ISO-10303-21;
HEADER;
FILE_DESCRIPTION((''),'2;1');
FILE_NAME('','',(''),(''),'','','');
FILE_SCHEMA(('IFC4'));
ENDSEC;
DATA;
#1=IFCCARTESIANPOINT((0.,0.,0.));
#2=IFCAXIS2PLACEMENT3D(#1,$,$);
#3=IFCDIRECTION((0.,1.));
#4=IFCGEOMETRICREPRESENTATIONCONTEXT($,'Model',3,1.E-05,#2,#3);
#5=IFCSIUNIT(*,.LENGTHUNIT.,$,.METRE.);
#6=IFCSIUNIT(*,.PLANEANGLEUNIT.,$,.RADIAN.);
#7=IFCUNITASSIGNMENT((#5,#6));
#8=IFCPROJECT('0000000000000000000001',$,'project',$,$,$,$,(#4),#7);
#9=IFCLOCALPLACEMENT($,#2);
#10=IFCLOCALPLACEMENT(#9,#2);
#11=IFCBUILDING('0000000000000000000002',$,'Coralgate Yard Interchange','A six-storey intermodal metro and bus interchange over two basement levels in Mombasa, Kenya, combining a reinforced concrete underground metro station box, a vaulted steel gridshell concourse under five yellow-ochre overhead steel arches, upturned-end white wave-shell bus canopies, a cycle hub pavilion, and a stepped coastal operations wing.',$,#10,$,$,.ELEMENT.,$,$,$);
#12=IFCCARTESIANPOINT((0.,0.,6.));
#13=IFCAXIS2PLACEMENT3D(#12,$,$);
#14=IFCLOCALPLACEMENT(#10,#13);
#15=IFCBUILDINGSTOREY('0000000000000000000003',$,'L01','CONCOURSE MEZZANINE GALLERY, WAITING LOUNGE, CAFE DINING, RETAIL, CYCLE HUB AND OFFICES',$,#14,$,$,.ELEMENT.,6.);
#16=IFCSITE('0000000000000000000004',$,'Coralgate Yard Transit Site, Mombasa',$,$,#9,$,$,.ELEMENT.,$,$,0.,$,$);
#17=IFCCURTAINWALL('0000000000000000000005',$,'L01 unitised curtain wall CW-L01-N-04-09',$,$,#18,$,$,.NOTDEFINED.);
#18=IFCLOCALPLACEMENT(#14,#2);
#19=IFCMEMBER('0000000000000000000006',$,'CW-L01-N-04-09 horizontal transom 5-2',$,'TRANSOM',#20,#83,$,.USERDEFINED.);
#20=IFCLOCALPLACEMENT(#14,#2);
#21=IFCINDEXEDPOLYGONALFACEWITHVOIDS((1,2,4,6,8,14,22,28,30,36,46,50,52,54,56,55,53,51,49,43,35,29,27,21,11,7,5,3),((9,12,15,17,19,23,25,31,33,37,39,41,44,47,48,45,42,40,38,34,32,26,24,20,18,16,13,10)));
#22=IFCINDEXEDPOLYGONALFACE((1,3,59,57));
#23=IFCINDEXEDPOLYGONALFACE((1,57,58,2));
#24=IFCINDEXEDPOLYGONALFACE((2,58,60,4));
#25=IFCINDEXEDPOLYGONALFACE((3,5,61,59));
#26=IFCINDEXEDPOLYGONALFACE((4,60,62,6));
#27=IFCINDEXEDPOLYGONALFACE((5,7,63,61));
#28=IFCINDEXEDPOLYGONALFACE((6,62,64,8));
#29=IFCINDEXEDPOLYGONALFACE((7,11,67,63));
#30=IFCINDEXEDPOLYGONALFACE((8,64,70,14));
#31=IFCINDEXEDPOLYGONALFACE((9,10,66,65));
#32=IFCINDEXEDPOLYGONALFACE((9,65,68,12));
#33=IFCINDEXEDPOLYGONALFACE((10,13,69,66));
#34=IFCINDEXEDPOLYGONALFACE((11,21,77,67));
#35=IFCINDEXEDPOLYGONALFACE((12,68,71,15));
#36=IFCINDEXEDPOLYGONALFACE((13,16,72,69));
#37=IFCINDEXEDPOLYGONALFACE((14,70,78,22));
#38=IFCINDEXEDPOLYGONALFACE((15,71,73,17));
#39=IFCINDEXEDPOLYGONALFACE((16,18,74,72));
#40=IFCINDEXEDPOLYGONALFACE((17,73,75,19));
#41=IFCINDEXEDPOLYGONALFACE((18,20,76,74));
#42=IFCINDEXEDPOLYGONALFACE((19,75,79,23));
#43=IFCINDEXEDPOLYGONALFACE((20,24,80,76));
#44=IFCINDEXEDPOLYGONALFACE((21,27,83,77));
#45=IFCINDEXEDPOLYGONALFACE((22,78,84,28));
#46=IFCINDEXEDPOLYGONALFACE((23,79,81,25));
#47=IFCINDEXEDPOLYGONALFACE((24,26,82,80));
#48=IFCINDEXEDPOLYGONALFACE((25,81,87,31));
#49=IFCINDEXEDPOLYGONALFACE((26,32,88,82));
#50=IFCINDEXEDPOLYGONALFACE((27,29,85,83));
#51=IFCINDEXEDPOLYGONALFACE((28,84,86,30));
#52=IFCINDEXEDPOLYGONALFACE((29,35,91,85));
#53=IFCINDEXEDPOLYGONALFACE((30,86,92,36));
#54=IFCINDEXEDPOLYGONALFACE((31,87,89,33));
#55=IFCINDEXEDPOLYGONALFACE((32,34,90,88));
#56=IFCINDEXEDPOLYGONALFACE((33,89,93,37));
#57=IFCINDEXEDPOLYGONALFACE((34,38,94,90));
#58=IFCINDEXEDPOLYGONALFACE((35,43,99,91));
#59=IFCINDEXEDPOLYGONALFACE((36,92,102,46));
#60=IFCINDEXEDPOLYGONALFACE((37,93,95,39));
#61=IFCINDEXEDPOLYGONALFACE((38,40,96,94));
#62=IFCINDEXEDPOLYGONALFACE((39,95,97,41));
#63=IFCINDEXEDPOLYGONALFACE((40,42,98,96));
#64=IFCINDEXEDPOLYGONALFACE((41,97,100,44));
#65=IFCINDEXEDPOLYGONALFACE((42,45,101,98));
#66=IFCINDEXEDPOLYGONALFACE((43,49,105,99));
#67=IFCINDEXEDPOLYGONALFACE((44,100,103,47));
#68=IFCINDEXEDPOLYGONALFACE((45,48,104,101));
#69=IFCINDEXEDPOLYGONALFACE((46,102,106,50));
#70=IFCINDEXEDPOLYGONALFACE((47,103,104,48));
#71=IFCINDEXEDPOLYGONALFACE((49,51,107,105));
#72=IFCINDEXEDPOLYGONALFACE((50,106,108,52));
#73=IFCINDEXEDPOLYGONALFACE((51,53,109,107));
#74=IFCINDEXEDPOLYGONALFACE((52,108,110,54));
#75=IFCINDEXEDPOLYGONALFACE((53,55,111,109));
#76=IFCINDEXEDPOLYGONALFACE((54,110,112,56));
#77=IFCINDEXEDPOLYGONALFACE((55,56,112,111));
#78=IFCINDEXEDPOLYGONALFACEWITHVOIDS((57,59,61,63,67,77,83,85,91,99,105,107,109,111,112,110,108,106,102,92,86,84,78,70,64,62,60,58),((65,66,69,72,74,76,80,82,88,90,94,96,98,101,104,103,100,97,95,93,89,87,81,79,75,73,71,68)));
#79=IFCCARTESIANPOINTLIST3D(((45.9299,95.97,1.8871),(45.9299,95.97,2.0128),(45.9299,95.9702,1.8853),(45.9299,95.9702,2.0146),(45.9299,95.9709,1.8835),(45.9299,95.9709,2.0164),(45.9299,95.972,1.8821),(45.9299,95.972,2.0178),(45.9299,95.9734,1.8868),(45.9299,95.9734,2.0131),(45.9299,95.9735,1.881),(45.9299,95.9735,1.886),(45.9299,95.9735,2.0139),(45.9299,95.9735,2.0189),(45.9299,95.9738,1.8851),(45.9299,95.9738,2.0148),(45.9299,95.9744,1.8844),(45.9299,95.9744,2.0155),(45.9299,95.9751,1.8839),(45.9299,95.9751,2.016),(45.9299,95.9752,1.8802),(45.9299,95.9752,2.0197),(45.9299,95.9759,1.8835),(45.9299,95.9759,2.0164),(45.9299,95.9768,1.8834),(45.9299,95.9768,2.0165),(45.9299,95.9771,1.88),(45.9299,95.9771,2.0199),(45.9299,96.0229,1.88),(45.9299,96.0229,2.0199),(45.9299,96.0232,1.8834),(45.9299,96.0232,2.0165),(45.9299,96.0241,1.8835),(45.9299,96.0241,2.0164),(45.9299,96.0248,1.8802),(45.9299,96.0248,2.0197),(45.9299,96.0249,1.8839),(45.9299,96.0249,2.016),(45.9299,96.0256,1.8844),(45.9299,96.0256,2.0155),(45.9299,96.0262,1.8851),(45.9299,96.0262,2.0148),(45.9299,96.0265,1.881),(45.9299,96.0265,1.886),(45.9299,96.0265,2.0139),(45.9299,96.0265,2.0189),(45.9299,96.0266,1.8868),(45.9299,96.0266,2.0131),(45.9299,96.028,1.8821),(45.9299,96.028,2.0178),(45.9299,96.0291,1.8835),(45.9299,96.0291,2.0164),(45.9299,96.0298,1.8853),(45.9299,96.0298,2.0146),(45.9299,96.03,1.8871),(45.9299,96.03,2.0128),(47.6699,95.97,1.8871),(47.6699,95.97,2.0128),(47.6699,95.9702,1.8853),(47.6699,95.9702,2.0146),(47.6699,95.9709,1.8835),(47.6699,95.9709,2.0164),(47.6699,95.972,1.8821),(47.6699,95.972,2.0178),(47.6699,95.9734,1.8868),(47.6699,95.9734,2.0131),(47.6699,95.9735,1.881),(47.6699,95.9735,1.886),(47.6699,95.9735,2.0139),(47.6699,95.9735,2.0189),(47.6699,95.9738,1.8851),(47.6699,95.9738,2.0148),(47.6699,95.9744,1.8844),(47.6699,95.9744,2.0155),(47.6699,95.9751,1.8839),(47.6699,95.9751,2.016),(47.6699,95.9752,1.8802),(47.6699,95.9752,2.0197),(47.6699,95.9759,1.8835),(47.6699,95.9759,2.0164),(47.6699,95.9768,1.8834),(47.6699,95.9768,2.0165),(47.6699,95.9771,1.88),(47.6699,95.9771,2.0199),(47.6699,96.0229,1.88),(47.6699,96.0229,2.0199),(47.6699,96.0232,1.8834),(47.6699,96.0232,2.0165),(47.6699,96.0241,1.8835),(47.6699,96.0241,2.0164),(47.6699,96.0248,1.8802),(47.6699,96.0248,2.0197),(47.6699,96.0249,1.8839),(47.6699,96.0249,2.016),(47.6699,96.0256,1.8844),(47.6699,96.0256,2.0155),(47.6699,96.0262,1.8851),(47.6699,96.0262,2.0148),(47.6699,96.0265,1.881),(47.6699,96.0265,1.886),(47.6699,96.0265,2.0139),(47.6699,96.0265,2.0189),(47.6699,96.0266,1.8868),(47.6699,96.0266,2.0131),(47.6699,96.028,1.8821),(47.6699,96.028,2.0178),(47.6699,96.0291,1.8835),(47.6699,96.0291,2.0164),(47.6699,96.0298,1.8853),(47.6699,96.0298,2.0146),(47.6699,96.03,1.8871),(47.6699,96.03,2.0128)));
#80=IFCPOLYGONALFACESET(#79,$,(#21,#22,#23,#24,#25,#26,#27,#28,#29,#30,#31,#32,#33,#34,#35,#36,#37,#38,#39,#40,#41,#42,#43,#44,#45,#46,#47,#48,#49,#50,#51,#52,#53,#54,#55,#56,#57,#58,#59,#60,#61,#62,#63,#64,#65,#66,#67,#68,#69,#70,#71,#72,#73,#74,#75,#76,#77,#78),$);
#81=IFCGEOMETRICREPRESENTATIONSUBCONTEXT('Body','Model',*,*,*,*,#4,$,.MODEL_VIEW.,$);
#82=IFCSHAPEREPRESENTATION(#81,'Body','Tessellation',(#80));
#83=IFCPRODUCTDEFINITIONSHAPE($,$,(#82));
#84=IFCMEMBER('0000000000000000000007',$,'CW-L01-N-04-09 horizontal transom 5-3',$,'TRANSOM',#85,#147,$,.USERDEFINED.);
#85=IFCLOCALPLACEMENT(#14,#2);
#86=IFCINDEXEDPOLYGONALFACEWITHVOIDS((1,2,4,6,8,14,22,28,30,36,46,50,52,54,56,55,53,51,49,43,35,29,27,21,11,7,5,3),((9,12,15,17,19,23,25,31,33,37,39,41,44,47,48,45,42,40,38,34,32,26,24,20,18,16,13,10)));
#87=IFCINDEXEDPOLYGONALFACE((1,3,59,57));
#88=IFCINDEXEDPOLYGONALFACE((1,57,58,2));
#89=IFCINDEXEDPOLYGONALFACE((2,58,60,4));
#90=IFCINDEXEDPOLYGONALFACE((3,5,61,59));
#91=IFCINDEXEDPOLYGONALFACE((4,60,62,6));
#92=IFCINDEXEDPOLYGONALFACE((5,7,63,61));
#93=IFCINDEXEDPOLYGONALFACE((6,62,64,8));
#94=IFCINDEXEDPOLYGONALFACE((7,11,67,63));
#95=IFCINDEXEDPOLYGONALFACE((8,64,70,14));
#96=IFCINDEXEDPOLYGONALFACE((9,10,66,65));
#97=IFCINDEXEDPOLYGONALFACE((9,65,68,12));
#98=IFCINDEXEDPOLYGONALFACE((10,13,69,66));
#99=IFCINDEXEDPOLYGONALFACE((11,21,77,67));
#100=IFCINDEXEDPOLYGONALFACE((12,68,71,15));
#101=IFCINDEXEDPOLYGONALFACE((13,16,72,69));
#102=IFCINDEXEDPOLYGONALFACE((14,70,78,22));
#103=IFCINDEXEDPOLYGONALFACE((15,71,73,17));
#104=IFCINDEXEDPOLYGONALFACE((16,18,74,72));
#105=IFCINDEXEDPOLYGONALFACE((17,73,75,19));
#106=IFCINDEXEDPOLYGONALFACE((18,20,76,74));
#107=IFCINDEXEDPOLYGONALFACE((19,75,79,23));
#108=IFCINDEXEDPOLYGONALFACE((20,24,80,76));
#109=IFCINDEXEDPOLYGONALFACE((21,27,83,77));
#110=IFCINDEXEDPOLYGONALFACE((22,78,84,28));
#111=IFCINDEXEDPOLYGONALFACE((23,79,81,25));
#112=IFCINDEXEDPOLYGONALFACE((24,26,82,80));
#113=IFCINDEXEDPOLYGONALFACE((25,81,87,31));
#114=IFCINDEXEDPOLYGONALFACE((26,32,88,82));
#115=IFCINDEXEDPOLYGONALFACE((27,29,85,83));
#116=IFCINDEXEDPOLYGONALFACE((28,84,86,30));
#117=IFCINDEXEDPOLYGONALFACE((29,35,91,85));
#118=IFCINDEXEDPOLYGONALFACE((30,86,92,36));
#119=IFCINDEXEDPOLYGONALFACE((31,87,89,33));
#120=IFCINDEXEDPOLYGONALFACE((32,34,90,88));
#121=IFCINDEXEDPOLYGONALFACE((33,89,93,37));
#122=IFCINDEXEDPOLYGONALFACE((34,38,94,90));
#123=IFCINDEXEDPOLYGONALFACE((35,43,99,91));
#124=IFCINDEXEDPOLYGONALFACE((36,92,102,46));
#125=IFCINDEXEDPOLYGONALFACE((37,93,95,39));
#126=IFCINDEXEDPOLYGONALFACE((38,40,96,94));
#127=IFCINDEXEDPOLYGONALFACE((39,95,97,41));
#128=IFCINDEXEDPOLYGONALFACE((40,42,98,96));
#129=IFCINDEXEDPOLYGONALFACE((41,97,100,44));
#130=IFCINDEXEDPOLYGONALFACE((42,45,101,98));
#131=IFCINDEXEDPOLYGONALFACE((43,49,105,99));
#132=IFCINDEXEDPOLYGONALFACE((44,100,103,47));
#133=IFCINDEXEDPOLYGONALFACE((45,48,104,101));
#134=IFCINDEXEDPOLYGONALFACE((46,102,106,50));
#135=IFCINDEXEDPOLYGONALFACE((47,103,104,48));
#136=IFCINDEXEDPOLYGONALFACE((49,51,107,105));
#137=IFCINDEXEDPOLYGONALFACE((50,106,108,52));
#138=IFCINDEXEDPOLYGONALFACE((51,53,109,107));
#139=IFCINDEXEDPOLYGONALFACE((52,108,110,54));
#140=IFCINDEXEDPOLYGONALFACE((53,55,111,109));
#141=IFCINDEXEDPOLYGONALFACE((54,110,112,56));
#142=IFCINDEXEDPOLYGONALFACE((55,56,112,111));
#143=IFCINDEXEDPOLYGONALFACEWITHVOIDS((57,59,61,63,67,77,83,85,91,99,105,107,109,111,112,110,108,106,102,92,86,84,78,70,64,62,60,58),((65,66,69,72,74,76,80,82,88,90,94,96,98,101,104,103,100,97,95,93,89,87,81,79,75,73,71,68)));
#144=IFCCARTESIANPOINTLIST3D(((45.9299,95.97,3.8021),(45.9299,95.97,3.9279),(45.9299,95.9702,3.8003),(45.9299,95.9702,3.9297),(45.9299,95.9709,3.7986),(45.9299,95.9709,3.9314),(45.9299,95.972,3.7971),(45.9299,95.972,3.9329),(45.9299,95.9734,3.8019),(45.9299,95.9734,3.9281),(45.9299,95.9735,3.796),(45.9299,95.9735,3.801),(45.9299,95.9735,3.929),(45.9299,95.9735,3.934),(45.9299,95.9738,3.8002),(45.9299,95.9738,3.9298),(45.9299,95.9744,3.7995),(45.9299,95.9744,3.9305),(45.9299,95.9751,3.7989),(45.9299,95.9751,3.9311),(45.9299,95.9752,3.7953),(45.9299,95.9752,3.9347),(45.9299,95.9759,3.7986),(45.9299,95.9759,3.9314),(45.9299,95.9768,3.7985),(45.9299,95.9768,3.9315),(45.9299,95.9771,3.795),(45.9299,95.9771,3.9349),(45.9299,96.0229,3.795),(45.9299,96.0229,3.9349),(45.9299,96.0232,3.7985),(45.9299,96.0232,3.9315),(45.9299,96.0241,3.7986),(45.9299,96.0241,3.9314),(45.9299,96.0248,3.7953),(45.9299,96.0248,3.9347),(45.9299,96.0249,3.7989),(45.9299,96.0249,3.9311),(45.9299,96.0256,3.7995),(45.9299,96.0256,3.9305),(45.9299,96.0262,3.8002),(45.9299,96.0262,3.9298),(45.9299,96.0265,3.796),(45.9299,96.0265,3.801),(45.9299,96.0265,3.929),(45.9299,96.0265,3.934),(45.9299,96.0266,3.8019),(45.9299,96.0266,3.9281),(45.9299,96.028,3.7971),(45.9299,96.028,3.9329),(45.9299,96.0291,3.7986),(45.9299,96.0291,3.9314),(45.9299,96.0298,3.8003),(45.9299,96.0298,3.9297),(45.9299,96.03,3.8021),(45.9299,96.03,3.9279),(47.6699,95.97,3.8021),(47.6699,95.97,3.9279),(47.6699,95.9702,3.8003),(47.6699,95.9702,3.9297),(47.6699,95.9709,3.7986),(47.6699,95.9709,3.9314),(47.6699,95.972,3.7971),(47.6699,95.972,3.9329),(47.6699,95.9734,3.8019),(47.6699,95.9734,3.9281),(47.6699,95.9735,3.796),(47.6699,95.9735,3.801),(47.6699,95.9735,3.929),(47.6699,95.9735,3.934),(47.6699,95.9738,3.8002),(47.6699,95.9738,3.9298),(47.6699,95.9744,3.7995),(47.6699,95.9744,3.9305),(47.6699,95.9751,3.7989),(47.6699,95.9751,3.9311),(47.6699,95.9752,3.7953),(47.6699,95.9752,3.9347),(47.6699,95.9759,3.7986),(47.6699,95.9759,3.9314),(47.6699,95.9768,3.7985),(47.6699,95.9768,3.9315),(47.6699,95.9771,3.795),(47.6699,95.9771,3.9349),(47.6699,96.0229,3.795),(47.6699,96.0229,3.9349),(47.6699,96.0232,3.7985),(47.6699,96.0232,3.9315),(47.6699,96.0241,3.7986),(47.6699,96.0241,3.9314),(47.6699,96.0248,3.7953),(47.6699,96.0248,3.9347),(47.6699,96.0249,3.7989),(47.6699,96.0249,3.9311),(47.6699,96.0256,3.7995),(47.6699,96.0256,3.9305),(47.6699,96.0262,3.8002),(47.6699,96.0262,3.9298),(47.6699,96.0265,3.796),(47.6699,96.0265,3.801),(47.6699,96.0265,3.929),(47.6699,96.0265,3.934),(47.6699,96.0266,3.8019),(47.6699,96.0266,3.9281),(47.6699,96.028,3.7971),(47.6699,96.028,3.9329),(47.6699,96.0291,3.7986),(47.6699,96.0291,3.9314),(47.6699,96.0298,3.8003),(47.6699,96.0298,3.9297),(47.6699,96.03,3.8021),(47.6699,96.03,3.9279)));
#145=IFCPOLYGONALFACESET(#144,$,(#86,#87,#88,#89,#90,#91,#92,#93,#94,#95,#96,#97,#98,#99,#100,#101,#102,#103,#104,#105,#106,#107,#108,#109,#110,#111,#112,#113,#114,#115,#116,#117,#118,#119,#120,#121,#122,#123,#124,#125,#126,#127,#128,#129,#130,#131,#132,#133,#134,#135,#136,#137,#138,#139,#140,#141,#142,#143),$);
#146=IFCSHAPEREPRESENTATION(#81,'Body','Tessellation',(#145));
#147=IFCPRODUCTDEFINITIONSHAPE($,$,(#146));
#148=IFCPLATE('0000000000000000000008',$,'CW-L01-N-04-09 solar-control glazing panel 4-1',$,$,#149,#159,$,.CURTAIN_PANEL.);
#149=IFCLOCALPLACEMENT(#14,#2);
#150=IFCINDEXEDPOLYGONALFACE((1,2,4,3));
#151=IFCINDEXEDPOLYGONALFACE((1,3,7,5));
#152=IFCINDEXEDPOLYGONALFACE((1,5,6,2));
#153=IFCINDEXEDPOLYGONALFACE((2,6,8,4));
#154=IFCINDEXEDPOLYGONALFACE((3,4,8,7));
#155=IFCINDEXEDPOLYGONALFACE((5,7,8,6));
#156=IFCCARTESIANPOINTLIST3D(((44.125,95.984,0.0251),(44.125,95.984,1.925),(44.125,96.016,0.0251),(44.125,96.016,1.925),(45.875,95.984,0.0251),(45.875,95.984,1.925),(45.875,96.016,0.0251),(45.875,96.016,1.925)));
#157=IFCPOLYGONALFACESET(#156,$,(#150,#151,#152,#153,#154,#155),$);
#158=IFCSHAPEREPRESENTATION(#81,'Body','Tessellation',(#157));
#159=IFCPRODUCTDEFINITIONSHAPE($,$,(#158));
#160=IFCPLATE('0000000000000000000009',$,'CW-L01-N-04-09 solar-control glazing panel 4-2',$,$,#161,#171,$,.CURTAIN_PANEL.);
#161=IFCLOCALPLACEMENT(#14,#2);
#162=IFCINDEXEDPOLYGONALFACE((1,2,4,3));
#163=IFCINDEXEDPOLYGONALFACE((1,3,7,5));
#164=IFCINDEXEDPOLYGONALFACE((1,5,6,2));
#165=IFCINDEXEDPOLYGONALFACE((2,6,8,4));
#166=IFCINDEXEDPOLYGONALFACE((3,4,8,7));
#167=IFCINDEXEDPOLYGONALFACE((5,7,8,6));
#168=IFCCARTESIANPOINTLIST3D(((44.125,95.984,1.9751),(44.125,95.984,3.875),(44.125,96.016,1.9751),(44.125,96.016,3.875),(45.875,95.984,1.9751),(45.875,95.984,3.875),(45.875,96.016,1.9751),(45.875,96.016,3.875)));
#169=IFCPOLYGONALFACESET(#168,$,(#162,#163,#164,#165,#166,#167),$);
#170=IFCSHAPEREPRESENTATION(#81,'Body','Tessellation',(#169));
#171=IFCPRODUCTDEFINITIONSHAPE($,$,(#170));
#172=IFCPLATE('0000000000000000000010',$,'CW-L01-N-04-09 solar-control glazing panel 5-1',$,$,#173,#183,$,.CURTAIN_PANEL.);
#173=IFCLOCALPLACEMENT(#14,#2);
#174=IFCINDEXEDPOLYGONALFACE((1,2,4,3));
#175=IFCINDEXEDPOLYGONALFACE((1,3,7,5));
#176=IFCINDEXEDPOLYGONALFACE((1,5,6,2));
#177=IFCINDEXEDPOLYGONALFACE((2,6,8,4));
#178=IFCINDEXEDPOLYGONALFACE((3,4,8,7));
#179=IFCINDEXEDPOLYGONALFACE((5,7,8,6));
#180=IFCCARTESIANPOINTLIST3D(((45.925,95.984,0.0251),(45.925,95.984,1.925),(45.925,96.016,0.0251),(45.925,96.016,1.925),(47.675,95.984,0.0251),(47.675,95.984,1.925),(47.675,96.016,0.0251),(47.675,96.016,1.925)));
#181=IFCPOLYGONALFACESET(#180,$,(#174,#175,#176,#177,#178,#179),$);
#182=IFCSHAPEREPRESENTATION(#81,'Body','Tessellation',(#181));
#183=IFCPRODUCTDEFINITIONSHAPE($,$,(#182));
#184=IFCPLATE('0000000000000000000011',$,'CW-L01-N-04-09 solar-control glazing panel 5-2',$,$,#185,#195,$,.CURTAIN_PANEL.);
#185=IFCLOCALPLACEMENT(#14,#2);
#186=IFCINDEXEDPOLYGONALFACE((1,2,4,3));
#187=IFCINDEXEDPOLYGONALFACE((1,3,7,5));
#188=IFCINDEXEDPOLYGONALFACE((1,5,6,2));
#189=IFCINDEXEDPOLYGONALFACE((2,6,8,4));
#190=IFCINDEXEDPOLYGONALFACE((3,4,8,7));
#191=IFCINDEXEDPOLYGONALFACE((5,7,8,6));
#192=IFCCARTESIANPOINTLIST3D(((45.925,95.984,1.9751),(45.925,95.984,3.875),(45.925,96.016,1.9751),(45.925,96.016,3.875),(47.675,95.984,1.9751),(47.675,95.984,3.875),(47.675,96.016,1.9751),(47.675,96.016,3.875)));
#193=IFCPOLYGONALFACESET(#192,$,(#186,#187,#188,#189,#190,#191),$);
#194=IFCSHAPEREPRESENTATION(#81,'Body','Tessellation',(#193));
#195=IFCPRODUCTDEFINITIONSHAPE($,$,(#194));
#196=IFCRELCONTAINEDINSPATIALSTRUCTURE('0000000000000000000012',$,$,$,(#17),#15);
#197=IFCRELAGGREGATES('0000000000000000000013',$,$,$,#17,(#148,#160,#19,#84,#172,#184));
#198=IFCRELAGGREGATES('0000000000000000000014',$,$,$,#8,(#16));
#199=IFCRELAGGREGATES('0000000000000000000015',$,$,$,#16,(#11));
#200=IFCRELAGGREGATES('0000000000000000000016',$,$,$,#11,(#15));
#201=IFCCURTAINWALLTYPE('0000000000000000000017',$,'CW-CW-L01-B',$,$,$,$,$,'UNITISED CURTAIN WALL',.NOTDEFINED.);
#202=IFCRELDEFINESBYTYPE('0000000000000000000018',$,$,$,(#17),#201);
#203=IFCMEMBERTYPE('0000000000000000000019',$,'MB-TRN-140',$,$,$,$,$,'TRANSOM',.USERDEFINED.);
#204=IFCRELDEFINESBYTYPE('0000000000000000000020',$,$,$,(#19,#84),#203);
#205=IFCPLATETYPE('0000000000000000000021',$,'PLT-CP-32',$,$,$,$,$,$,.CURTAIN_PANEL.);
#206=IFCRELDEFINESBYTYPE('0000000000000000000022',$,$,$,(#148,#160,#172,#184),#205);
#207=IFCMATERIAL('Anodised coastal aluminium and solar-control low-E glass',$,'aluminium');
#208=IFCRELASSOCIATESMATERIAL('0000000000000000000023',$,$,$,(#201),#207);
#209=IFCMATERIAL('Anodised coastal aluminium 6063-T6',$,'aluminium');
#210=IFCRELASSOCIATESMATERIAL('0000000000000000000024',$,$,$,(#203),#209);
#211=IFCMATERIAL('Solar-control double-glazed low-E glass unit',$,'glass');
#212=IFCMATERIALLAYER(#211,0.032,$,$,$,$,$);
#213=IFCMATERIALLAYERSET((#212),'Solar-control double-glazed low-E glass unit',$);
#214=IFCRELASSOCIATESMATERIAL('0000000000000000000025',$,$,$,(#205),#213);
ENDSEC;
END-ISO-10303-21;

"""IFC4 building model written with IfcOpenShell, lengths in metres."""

from ifc_helpers import new_model, si_unit, direction, frame, origin, origin_2d, place, context, subcontext, project, spatial, rectangle, hollow_rectangle, extrude, material, layer, layer_set, material_profile, profile_set, type_object, element, aggregate, save


model = new_model("IFC4")

# Units and contexts
model_context = context("Model", 3, precision=1e-05, world=origin(), true_north=direction((0.0, 1.0)))
body_context = subcontext(model_context, "Body", "Model", "MODEL_VIEW")
ifc_project = project(units=[si_unit("LENGTHUNIT", "METRE"), si_unit("PLANEANGLEUNIT", "RADIAN")], contexts=[model_context])

# Site, building, storey
site_placement = place(None, origin())
site = spatial("IfcSite", under=ifc_project, at=site_placement, Name="Coralgate Yard Transit Site, Mombasa", CompositionType="ELEMENT", RefElevation=0.0)
building_placement = place(site_placement, origin())
building = spatial("IfcBuilding", under=site, at=building_placement, Name="Coralgate Yard Interchange", Description="A six-storey intermodal metro and bus interchange over two basement levels in Mombasa, Kenya, combining a reinforced concrete underground metro station box, a vaulted steel gridshell concourse under five yellow-ochre overhead steel arches, upturned-end white wave-shell bus canopies, a cycle hub pavilion, and a stepped coastal operations wing.", CompositionType="ELEMENT")
storey_placement = place(building_placement, frame((0.0, 0.0, 6.0)))
storey = spatial("IfcBuildingStorey", under=building, at=storey_placement, Name="L01", Description="CONCOURSE MEZZANINE GALLERY, WAITING LOUNGE, CAFE DINING, RETAIL, CYCLE HUB AND OFFICES", CompositionType="ELEMENT", Elevation=6.0)

# Curtain wall
ifc_material_1 = material(Name="Anodised coastal aluminium and solar-control low-E glass", Category="aluminium")
curtain_wall_type = type_object("IfcCurtainWallType", Name="CW-CW-L01-B", ElementType="UNITISED CURTAIN WALL", PredefinedType="NOTDEFINED", material=ifc_material_1)
curtain_wall_placement = place(storey_placement, origin())
curtain_wall = element("IfcCurtainWall", 1, at=curtain_wall_placement, inside=storey, type_object=curtain_wall_type, Name="L01 unitised curtain wall CW-L01-N-04-09", PredefinedType="NOTDEFINED")
ifc_material_2 = material(Name="Anodised coastal aluminium 6063-T6", Category="aluminium")

# Members
ifc_material_profile_1 = material_profile(ifc_material_2, hollow_rectangle(XDim=0.0601, YDim=0.1399, WallThickness=0.0034, InnerFilletRadius=0.0034, OuterFilletRadius=0.0071, at=origin_2d()), Name="ALU 60x140x3.5")
ifc_profile_set_1 = profile_set([ifc_material_profile_1], Name="Anodised coastal aluminium 6063-T6")
member_type_1 = type_object("IfcMemberType", Name="MB-TRN-140", ElementType="TRANSOM", PredefinedType="USERDEFINED", material=ifc_profile_set_1)
member_1_placement = place(storey_placement, frame((45.9299, 96.0, 1.95), z_axis=(1.0, 0.0, 0.0), x_axis=(0.0, 1.0, 0.0)))
member_1 = element("IfcMember", 2, at=member_1_placement, type_object=member_type_1, Name="CW-L01-N-04-09 horizontal transom 5-2", ObjectType="TRANSOM", PredefinedType="USERDEFINED", context=body_context, shape_type="SweptSolid", body=[
    extrude(hollow_rectangle(XDim=0.0601, YDim=0.1399, WallThickness=0.0034, InnerFilletRadius=0.0034, OuterFilletRadius=0.0071, at=origin_2d()), origin(), (0.0, 0.0, 1.0), 1.74),
])
member_2_placement = place(storey_placement, frame((45.9299, 96.0, 3.865), z_axis=(1.0, 0.0, 0.0), x_axis=(0.0, 1.0, 0.0)))
member_2 = element("IfcMember", 3, at=member_2_placement, type_object=member_type_1, Name="CW-L01-N-04-09 horizontal transom 5-3", ObjectType="TRANSOM", PredefinedType="USERDEFINED", context=body_context, shape_type="SweptSolid", body=[
    extrude(hollow_rectangle(XDim=0.0601, YDim=0.1399, WallThickness=0.0034, InnerFilletRadius=0.0034, OuterFilletRadius=0.0071, at=origin_2d()), origin(), (0.0, 0.0, 1.0), 1.74),
])

# Plates
ifc_material_3 = material(Name="Solar-control double-glazed low-E glass unit", Category="glass")
ifc_layer_1 = layer(ifc_material_3, 0.032)
ifc_layer_set_1 = layer_set([ifc_layer_1], Name="Solar-control double-glazed low-E glass unit")
plate_type_1 = type_object("IfcPlateType", Name="PLT-CP-32", PredefinedType="CURTAIN_PANEL", material=ifc_layer_set_1)
plate_1_placement = place(storey_placement, frame((45.0, 96.0, 0.0251), z_axis=(0.0, 0.0, 1.0), x_axis=(1.0, 0.0, 0.0)))
plate_1 = element("IfcPlate", 4, at=plate_1_placement, type_object=plate_type_1, Name="CW-L01-N-04-09 solar-control glazing panel 4-1", PredefinedType="CURTAIN_PANEL", context=body_context, shape_type="SweptSolid", body=[
    extrude(rectangle(XDim=1.75, YDim=0.032, at=origin_2d()), origin(), (0.0, 0.0, 1.0), 1.8999),
])
plate_2_placement = place(storey_placement, frame((45.0, 96.0, 1.9751), z_axis=(0.0, 0.0, 1.0), x_axis=(1.0, 0.0, 0.0)))
plate_2 = element("IfcPlate", 5, at=plate_2_placement, type_object=plate_type_1, Name="CW-L01-N-04-09 solar-control glazing panel 4-2", PredefinedType="CURTAIN_PANEL", context=body_context, shape_type="SweptSolid", body=[
    extrude(rectangle(XDim=1.75, YDim=0.032, at=origin_2d()), origin(), (0.0, 0.0, 1.0), 1.8999),
])
plate_3_placement = place(storey_placement, frame((46.8, 96.0, 0.0251), z_axis=(0.0, 0.0, 1.0), x_axis=(1.0, 0.0, 0.0)))
plate_3 = element("IfcPlate", 6, at=plate_3_placement, type_object=plate_type_1, Name="CW-L01-N-04-09 solar-control glazing panel 5-1", PredefinedType="CURTAIN_PANEL", context=body_context, shape_type="SweptSolid", body=[
    extrude(rectangle(XDim=1.75, YDim=0.032, at=origin_2d()), origin(), (0.0, 0.0, 1.0), 1.8999),
])
plate_4_placement = place(storey_placement, frame((46.8, 96.0, 1.9751), z_axis=(0.0, 0.0, 1.0), x_axis=(1.0, 0.0, 0.0)))
plate_4 = element("IfcPlate", 7, at=plate_4_placement, type_object=plate_type_1, Name="CW-L01-N-04-09 solar-control glazing panel 5-2", PredefinedType="CURTAIN_PANEL", context=body_context, shape_type="SweptSolid", body=[
    extrude(rectangle(XDim=1.75, YDim=0.032, at=origin_2d()), origin(), (0.0, 0.0, 1.0), 1.8999),
])
aggregate(curtain_wall, [plate_1, plate_2, member_1, member_2, plate_3, plate_4])

save(model, "model.ifc")
